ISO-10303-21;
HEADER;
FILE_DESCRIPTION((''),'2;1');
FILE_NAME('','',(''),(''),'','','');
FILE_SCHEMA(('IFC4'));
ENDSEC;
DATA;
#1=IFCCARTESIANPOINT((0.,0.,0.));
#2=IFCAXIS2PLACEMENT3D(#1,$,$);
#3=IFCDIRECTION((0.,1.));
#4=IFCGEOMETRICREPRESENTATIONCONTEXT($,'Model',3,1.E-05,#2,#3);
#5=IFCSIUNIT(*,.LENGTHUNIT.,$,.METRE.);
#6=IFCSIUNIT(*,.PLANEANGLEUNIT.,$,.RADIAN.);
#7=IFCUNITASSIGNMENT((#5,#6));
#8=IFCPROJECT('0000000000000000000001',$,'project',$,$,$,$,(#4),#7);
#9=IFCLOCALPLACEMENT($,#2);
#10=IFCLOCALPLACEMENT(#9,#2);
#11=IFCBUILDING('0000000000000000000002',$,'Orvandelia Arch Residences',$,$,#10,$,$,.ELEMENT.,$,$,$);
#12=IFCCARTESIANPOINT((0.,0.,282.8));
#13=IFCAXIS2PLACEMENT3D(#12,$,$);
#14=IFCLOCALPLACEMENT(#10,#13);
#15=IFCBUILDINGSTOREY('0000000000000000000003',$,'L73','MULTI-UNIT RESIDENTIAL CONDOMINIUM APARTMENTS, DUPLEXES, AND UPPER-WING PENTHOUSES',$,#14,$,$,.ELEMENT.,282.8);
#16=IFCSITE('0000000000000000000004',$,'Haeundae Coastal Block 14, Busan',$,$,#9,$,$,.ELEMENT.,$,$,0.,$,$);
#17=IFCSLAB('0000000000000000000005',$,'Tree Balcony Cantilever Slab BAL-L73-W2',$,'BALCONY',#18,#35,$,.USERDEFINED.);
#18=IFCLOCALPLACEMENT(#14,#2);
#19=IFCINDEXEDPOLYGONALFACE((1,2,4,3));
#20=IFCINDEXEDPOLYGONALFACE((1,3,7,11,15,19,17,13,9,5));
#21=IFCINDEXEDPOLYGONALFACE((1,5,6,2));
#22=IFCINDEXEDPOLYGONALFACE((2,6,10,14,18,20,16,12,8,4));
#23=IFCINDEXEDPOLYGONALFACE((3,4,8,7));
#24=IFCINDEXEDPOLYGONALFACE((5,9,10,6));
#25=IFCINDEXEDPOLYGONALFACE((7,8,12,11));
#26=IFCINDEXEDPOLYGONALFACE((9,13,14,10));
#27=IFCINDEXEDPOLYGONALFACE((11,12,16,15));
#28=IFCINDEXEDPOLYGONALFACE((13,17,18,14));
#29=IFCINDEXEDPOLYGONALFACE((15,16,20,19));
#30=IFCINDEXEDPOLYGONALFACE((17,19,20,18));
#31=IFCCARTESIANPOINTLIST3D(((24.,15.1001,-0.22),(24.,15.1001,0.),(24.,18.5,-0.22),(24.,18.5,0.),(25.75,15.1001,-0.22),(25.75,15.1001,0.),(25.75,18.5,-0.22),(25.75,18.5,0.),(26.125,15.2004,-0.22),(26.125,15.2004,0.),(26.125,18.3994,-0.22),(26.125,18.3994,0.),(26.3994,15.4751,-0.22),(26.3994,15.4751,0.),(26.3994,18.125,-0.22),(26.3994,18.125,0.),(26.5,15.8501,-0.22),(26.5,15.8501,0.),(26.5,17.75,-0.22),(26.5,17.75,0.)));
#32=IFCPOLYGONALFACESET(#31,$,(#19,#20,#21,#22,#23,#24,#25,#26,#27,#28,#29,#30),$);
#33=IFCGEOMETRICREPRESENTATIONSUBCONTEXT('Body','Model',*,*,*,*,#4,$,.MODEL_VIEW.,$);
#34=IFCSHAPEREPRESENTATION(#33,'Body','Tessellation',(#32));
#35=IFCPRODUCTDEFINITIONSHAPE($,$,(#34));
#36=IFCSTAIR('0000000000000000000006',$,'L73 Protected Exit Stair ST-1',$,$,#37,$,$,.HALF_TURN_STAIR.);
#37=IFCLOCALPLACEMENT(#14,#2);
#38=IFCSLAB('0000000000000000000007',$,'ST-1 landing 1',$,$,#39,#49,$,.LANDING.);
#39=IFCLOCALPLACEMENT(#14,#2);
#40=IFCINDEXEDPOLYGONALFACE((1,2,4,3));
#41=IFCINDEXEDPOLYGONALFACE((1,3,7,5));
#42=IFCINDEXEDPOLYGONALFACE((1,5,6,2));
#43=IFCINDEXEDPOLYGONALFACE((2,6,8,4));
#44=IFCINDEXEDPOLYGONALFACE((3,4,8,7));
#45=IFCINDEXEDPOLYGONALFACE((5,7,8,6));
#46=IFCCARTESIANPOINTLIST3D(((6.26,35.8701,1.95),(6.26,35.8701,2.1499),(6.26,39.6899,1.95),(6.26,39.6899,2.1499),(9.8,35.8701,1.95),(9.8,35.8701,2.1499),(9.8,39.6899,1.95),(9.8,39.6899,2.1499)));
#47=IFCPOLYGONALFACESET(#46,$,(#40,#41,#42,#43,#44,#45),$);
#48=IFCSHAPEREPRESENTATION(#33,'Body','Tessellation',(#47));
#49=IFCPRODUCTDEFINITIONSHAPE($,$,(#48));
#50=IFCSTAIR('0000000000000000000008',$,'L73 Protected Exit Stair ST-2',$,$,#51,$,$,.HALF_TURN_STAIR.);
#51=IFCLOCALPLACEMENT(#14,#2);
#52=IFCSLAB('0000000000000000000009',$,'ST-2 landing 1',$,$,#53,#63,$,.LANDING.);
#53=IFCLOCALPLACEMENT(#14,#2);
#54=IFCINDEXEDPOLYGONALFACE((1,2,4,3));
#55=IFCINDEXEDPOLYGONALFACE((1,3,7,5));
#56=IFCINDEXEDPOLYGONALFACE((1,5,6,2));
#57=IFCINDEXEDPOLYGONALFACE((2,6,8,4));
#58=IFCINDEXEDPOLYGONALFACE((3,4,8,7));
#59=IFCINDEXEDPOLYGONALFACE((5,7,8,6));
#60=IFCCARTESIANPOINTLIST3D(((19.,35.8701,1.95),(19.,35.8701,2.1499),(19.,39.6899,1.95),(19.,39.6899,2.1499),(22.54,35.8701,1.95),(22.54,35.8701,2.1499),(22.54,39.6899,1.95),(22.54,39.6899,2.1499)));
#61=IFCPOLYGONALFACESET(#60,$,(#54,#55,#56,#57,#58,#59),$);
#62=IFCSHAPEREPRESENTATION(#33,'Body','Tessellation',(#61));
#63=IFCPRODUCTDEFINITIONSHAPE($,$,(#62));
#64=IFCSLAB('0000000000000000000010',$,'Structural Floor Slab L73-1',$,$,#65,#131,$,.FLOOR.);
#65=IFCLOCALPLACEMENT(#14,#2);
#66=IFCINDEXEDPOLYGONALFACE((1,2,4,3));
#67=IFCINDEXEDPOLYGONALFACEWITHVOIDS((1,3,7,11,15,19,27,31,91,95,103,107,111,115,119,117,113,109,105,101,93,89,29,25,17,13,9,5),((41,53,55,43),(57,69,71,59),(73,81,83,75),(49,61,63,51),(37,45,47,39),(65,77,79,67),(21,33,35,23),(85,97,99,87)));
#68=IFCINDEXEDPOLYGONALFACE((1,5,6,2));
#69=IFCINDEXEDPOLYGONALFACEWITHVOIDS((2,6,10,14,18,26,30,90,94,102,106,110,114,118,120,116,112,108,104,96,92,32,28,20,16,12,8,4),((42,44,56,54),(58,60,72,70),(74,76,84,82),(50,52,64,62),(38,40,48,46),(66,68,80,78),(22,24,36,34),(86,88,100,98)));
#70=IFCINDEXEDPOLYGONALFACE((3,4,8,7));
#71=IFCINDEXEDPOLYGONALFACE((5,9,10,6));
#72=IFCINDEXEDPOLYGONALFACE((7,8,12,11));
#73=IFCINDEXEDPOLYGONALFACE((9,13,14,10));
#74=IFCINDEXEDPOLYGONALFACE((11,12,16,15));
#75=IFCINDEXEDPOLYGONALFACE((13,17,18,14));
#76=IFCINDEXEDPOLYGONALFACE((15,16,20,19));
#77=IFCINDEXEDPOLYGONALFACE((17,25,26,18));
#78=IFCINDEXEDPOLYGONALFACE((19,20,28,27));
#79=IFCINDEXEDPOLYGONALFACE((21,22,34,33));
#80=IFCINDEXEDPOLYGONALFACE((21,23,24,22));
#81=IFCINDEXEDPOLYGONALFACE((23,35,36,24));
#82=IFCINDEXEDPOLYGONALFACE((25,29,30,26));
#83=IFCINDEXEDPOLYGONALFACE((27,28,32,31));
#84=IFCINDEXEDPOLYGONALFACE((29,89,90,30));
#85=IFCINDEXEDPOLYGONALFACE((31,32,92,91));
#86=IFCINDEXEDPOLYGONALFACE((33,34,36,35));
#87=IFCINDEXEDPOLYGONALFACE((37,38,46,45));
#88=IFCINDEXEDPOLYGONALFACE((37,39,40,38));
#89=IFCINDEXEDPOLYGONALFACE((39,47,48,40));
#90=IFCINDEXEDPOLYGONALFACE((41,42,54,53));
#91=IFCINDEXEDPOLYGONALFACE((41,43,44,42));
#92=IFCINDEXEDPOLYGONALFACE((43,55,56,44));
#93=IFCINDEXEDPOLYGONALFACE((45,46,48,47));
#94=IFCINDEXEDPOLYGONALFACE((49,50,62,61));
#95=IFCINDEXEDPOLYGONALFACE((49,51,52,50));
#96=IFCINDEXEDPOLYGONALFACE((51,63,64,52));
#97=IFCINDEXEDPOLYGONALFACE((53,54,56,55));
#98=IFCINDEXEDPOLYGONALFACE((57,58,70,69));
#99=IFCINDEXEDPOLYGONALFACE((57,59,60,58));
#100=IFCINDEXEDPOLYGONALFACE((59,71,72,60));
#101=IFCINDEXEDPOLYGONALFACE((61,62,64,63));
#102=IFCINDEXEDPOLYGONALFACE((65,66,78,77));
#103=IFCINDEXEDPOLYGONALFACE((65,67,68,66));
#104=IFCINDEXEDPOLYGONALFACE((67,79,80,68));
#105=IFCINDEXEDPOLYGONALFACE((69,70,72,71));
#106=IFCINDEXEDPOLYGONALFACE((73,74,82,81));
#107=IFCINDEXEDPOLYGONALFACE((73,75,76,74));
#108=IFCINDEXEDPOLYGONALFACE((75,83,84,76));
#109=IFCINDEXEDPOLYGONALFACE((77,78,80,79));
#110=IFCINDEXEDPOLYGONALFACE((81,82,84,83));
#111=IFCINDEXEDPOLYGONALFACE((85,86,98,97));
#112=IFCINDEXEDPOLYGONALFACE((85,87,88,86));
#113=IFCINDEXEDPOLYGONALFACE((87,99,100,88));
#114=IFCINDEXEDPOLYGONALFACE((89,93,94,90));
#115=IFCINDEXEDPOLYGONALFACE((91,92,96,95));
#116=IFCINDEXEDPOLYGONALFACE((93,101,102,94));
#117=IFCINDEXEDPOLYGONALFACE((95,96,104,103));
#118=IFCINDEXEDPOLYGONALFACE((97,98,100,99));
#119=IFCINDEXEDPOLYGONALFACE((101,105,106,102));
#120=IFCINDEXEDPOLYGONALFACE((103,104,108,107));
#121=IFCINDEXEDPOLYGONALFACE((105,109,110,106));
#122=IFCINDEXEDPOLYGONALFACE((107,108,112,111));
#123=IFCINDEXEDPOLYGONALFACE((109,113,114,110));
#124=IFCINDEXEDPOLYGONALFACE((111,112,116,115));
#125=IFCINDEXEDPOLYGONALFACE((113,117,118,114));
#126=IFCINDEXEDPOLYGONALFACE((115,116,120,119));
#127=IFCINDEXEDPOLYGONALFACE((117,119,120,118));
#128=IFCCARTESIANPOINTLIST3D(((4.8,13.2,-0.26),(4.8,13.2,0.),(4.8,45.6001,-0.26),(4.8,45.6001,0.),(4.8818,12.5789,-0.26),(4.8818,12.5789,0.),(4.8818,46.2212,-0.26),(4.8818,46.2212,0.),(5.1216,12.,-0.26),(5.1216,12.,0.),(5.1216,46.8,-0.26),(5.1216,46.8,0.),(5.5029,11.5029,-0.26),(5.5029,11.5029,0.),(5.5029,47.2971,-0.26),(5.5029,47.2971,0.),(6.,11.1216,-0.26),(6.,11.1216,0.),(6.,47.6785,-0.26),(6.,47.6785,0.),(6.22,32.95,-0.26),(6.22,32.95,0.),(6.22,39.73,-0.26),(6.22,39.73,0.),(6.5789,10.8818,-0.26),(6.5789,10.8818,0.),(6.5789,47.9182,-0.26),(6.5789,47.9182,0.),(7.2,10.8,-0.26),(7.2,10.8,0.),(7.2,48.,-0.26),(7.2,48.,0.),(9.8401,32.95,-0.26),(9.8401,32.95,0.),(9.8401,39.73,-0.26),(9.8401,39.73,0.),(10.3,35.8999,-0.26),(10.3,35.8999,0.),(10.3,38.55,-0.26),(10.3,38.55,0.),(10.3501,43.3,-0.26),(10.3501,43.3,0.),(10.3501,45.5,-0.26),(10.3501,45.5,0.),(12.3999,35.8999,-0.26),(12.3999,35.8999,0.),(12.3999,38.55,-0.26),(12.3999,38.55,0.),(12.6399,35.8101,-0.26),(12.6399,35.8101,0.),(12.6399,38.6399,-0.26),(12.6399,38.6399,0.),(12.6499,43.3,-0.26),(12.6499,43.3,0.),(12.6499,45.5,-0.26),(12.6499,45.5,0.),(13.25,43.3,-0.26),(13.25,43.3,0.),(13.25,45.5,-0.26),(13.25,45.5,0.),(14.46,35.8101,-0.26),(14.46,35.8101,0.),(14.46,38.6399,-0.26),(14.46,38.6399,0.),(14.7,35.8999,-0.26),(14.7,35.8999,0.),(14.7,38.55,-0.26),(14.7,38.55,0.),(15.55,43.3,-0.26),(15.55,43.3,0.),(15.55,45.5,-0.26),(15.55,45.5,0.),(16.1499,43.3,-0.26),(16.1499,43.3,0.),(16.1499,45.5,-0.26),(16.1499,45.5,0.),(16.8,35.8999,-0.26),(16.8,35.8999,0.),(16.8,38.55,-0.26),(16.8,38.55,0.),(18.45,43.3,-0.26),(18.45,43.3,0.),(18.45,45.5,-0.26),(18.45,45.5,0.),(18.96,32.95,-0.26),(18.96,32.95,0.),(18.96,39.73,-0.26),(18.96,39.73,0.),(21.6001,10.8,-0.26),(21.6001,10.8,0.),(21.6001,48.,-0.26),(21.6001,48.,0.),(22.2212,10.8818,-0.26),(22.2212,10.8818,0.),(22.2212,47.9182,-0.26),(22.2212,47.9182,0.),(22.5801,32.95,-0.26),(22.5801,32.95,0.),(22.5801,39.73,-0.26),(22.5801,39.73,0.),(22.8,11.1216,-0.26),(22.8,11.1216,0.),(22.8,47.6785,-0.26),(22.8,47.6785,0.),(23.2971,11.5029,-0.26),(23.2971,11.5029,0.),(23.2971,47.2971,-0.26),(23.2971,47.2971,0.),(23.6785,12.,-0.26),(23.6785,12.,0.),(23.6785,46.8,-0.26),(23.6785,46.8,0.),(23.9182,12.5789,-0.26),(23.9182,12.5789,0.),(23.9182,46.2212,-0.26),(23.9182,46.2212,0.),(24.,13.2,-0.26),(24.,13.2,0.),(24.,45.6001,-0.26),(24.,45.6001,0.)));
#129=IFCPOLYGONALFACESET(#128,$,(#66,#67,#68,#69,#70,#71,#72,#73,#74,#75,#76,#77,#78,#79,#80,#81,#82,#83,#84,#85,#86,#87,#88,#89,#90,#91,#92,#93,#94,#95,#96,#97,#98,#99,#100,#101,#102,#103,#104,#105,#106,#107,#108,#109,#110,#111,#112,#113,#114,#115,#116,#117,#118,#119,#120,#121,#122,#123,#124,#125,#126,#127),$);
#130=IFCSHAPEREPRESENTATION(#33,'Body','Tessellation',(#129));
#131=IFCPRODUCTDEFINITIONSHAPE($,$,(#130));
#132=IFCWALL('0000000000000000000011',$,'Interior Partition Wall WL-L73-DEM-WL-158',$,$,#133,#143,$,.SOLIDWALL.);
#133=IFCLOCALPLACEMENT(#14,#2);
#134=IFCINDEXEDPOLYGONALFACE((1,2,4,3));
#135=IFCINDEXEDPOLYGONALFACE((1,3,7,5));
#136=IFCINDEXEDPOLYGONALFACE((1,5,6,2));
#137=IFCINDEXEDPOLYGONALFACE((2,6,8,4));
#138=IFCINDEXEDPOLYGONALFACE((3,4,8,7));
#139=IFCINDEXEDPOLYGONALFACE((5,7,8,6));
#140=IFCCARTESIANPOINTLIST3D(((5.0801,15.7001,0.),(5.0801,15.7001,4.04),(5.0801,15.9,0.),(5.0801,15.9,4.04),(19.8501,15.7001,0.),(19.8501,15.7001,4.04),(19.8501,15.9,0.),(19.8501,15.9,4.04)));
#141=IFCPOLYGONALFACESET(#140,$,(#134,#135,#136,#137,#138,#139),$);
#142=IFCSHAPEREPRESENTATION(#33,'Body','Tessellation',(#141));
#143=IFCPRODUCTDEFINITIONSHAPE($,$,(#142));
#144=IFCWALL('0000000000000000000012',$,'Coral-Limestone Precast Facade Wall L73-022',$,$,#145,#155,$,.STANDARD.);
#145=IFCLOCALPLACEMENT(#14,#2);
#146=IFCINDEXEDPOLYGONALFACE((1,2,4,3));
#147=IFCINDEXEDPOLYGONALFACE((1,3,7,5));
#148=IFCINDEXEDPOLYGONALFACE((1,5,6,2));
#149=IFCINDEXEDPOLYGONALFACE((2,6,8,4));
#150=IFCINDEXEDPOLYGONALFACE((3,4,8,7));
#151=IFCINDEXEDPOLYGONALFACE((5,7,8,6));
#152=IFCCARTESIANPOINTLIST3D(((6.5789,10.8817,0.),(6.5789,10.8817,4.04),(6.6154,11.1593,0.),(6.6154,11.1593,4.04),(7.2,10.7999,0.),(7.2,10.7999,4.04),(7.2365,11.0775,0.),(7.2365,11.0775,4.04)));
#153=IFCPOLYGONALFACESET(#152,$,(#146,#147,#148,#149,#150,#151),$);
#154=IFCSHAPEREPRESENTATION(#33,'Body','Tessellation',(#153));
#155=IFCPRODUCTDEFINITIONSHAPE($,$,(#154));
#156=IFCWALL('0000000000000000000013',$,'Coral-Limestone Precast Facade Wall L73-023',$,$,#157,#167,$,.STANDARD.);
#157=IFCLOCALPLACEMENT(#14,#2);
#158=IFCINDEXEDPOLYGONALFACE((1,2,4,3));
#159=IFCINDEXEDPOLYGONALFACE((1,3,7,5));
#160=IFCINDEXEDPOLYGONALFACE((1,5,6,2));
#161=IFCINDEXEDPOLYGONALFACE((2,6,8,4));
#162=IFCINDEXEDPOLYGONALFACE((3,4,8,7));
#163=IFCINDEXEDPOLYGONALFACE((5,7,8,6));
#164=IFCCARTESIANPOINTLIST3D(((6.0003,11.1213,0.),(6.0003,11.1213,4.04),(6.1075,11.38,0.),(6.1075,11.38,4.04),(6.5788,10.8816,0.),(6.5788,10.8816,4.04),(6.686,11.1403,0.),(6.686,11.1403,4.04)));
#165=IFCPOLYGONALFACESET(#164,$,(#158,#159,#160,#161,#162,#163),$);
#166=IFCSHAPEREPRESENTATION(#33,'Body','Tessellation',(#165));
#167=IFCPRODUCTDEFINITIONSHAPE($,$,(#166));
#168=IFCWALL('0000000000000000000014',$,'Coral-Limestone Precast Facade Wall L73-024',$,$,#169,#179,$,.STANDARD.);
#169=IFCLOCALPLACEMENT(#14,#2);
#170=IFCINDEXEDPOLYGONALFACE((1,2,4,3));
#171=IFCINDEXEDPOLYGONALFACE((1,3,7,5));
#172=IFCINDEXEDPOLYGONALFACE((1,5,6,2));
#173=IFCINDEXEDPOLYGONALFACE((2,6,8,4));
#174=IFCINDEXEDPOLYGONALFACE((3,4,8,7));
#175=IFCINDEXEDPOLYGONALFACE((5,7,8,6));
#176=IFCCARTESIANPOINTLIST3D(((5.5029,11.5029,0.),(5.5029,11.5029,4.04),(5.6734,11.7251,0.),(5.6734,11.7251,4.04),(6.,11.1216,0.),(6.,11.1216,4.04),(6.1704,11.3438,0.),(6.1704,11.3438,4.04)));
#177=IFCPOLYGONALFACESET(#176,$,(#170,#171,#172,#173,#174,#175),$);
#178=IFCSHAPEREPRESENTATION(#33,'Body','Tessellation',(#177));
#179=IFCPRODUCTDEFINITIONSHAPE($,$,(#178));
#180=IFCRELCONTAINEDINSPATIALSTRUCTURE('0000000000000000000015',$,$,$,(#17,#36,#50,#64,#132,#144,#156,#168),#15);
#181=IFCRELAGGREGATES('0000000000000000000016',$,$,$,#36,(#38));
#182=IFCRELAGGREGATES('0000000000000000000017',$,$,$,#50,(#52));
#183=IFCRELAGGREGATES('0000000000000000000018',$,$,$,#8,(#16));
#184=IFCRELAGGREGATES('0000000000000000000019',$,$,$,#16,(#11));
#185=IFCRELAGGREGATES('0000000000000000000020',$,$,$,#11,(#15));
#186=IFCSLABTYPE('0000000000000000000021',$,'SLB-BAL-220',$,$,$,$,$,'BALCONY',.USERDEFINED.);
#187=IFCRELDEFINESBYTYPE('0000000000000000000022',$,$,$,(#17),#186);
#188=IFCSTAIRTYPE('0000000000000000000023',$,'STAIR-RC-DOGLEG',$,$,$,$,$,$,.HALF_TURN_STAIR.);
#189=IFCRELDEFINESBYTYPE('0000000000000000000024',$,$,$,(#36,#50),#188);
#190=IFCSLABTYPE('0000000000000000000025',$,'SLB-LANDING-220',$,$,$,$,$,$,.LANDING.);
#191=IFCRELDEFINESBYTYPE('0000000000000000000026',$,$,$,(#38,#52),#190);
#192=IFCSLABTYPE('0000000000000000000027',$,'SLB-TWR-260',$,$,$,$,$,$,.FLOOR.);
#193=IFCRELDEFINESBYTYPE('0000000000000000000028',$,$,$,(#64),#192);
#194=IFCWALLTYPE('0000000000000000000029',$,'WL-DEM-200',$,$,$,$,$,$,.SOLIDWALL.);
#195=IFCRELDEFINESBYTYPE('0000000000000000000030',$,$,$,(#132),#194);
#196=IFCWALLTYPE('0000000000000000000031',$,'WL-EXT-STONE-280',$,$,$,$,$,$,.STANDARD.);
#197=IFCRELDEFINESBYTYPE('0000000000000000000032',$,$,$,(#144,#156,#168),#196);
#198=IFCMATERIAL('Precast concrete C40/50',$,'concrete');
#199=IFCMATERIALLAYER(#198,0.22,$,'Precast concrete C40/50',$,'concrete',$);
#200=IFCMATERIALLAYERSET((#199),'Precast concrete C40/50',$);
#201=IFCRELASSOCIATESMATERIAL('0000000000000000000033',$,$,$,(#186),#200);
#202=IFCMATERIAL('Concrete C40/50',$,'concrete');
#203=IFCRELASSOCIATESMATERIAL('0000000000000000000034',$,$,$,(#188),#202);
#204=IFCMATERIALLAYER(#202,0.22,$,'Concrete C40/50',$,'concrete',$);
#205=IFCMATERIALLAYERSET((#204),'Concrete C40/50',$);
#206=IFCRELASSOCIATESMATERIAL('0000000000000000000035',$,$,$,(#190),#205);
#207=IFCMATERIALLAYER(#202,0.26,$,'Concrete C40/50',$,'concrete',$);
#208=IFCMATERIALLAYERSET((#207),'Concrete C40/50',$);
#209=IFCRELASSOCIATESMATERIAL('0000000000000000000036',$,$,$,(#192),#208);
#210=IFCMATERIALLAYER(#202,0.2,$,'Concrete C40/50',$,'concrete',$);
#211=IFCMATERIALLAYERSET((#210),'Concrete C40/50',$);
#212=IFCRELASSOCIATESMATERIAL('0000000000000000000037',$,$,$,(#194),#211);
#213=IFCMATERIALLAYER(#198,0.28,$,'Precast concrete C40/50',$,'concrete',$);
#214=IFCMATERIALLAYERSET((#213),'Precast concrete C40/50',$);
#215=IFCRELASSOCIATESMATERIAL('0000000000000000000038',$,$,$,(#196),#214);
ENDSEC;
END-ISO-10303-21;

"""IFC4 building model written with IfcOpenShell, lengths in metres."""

from ifc_helpers import new_model, si_unit, direction, frame, frame_2d, origin, place, context, subcontext, project, spatial, polyline, rectangle, outline, extrude, material, layer, layer_set, type_object, element, aggregate, save


model = new_model("IFC4")

# Units and contexts
model_context = context("Model", 3, precision=1e-05, world=origin(), true_north=direction((0.0, 1.0)))
body_context = subcontext(model_context, "Body", "Model", "MODEL_VIEW")
ifc_project = project(units=[si_unit("LENGTHUNIT", "METRE"), si_unit("PLANEANGLEUNIT", "RADIAN")], contexts=[model_context])

# Site, building, storey
site_placement = place(None, origin())
site = spatial("IfcSite", under=ifc_project, at=site_placement, Name="Haeundae Coastal Block 14, Busan", CompositionType="ELEMENT", RefElevation=0.0)
building_placement = place(site_placement, origin())
building = spatial("IfcBuilding", under=site, at=building_placement, Name="Orvandelia Arch Residences", CompositionType="ELEMENT")
storey_placement = place(building_placement, frame((0.0, 0.0, 282.8)))
storey = spatial("IfcBuildingStorey", under=building, at=storey_placement, Name="L73", Description="MULTI-UNIT RESIDENTIAL CONDOMINIUM APARTMENTS, DUPLEXES, AND UPPER-WING PENTHOUSES", CompositionType="ELEMENT", Elevation=282.8)

# Slab
ifc_material_1 = material(Name="Precast concrete C40/50", Category="concrete")
ifc_layer_1 = layer(ifc_material_1, 0.22, Name="Precast concrete C40/50", Category="concrete")
ifc_layer_set_1 = layer_set([ifc_layer_1], Name="Precast concrete C40/50")
slab_type_1 = type_object("IfcSlabType", Name="SLB-BAL-220", ElementType="BALCONY", PredefinedType="USERDEFINED", material=ifc_layer_set_1)
slab_1_placement = place(storey_placement, frame((0.0, 0.0, -0.22)))
element("IfcSlab", 1, at=slab_1_placement, inside=storey, type_object=slab_type_1, Name="Tree Balcony Cantilever Slab BAL-L73-W2", ObjectType="BALCONY", PredefinedType="USERDEFINED", context=body_context, shape_type="SweptSolid", body=[
    extrude(outline(polyline([(24.0, 18.5), (24.0, 15.1001), (25.75, 15.1001), (26.125, 15.2004), (26.3994, 15.4751), (26.5, 15.8501), (26.5, 17.75), (26.3994, 18.125), (26.125, 18.3994), (25.75, 18.5), (24.0, 18.5)])), origin(), (0.0, 0.0, 1.0), 0.22),
])

# Stairs, slabs
ifc_material_2 = material(Name="Concrete C40/50", Category="concrete")
stair_type = type_object("IfcStairType", Name="STAIR-RC-DOGLEG", PredefinedType="HALF_TURN_STAIR", material=ifc_material_2)
stair_1_placement = place(storey_placement, origin())
stair_1 = element("IfcStair", 2, at=stair_1_placement, inside=storey, type_object=stair_type, Name="L73 Protected Exit Stair ST-1", PredefinedType="HALF_TURN_STAIR")
ifc_layer_2 = layer(ifc_material_2, 0.22, Name="Concrete C40/50", Category="concrete")
ifc_layer_set_2 = layer_set([ifc_layer_2], Name="Concrete C40/50")
slab_type_2 = type_object("IfcSlabType", Name="SLB-LANDING-220", PredefinedType="LANDING", material=ifc_layer_set_2)
slab_2_placement = place(storey_placement, frame((0.0, 0.0, 1.95)))
slab_2 = element("IfcSlab", 3, at=slab_2_placement, type_object=slab_type_2, Name="ST-1 landing 1", PredefinedType="LANDING", context=body_context, shape_type="SweptSolid", body=[
    extrude(outline(polyline([(9.8, 35.8701), (9.8, 39.6899), (6.26, 39.6899), (6.26, 35.8701), (9.8, 35.8701)])), origin(), (0.0, 0.0, 1.0), 0.2),
])
aggregate(stair_1, [slab_2])
stair_2_placement = place(storey_placement, origin())
stair_2 = element("IfcStair", 4, at=stair_2_placement, inside=storey, type_object=stair_type, Name="L73 Protected Exit Stair ST-2", PredefinedType="HALF_TURN_STAIR")
slab_3_placement = place(storey_placement, frame((0.0, 0.0, 1.95)))
slab_3 = element("IfcSlab", 5, at=slab_3_placement, type_object=slab_type_2, Name="ST-2 landing 1", PredefinedType="LANDING", context=body_context, shape_type="SweptSolid", body=[
    extrude(outline(polyline([(22.54, 35.8701), (22.54, 39.6899), (19.0, 39.6899), (19.0, 35.8701), (22.54, 35.8701)])), origin(), (0.0, 0.0, 1.0), 0.2),
])
aggregate(stair_2, [slab_3])

# Slab
ifc_layer_3 = layer(ifc_material_2, 0.26, Name="Concrete C40/50", Category="concrete")
ifc_layer_set_3 = layer_set([ifc_layer_3], Name="Concrete C40/50")
slab_type_3 = type_object("IfcSlabType", Name="SLB-TWR-260", PredefinedType="FLOOR", material=ifc_layer_set_3)
slab_4_placement = place(storey_placement, frame((0.0, 0.0, -0.26)))
element("IfcSlab", 6, at=slab_4_placement, inside=storey, type_object=slab_type_3, Name="Structural Floor Slab L73-1", PredefinedType="FLOOR", context=body_context, shape_type="SweptSolid", body=[
    extrude(outline(polyline([(4.8, 13.2), (4.8818, 12.5789), (5.1216, 12.0), (5.5029, 11.5029), (6.0, 11.1216), (6.5789, 10.8818), (7.2, 10.8), (21.6001, 10.8), (22.2212, 10.8818), (22.8, 11.1216), (23.2971, 11.5029), (23.6785, 12.0), (23.9182, 12.5789), (24.0, 13.2), (24.0, 45.6001), (23.9182, 46.2212), (23.6785, 46.8), (23.2971, 47.2971), (22.8, 47.6785), (22.2212, 47.9182), (21.6001, 48.0), (7.2, 48.0), (6.5789, 47.9182), (6.0, 47.6785), (5.5029, 47.2971), (5.1216, 46.8), (4.8818, 46.2212), (4.8, 45.6001), (4.8, 13.2)]), holes=[polyline([(6.22, 32.95), (9.8401, 32.95), (9.8401, 39.73), (6.22, 39.73), (6.22, 32.95)]), polyline([(18.96, 32.95), (22.5801, 32.95), (22.5801, 39.73), (18.96, 39.73), (18.96, 32.95)]), polyline([(12.6399, 35.8101), (14.46, 35.8101), (14.46, 38.6399), (12.6399, 38.6399), (12.6399, 35.8101)]), polyline([(10.3, 35.8999), (12.3999, 35.8999), (12.3999, 38.55), (10.3, 38.55), (10.3, 35.8999)]), polyline([(14.7, 35.8999), (16.8, 35.8999), (16.8, 38.55), (14.7, 38.55), (14.7, 35.8999)]), polyline([(10.3501, 43.3), (12.6499, 43.3), (12.6499, 45.5), (10.3501, 45.5), (10.3501, 43.3)]), polyline([(13.25, 43.3), (15.55, 43.3), (15.55, 45.5), (13.25, 45.5), (13.25, 43.3)]), polyline([(16.1499, 43.3), (18.45, 43.3), (18.45, 45.5), (16.1499, 45.5), (16.1499, 43.3)])]), origin(), (0.0, 0.0, 1.0), 0.26),
])

# Walls
ifc_layer_4 = layer(ifc_material_2, 0.2, Name="Concrete C40/50", Category="concrete")
ifc_layer_set_4 = layer_set([ifc_layer_4], Name="Concrete C40/50")
wall_type_1 = type_object("IfcWallType", Name="WL-DEM-200", PredefinedType="SOLIDWALL", material=ifc_layer_set_4)
wall_1_placement = place(storey_placement, frame((5.0801, 15.8, 0.0), z_axis=(0.0, 0.0, 1.0), x_axis=(1.0, 0.0, 0.0)))
element("IfcWall", 7, at=wall_1_placement, inside=storey, type_object=wall_type_1, Name="Interior Partition Wall WL-L73-DEM-WL-158", PredefinedType="SOLIDWALL", context=body_context, shape_type="SweptSolid", body=[
    extrude(rectangle(XDim=14.77, YDim=0.2, at=frame_2d((7.385, 0.0))), origin(), (0.0, 0.0, 1.0), 4.04),
])
ifc_layer_5 = layer(ifc_material_1, 0.28, Name="Precast concrete C40/50", Category="concrete")
ifc_layer_set_5 = layer_set([ifc_layer_5], Name="Precast concrete C40/50")
wall_type_2 = type_object("IfcWallType", Name="WL-EXT-STONE-280", PredefinedType="STANDARD", material=ifc_layer_set_5)
wall_2_placement = place(storey_placement, frame((7.2183, 10.9387, 0.0), z_axis=(0.0, 0.0, 1.0), x_axis=(-0.991441, 0.130555, 0.0)))
element("IfcWall", 8, at=wall_2_placement, inside=storey, type_object=wall_type_2, Name="Coral-Limestone Precast Facade Wall L73-022", PredefinedType="STANDARD", context=body_context, shape_type="SweptSolid", body=[
    extrude(rectangle(XDim=0.6265, YDim=0.28, at=frame_2d((0.3132, 0.0))), origin(), (0.0, 0.0, 1.0), 4.04),
])
wall_3_placement = place(storey_placement, frame((6.6323, 11.011, 0.0), z_axis=(0.0, 0.0, 1.0), x_axis=(-0.923836, 0.382788, 0.0)))
element("IfcWall", 9, at=wall_3_placement, inside=storey, type_object=wall_type_2, Name="Coral-Limestone Precast Facade Wall L73-023", PredefinedType="STANDARD", context=body_context, shape_type="SweptSolid", body=[
    extrude(rectangle(XDim=0.6262, YDim=0.28, at=frame_2d((0.313, 0.0))), origin(), (0.0, 0.0, 1.0), 4.04),
])
for number, where, z_axis, x_axis, name in (
    (10, (6.0852, 11.2327, 0.0), (0.0, 0.0, 1.0), (-0.793406, 0.608693, 0.0), "Coral-Limestone Precast Facade Wall L73-024"),
):
    element("IfcWall", number, at=place(storey_placement, frame(where, z_axis=z_axis, x_axis=x_axis)), inside=storey, type_object=wall_type_2, Name=name, PredefinedType="STANDARD", context=body_context, shape_type="SweptSolid", body=[
        extrude(rectangle(XDim=0.6265, YDim=0.28, at=frame_2d((0.3132, 0.0))), origin(), (0.0, 0.0, 1.0), 4.04),
    ])

save(model, "model.ifc")
